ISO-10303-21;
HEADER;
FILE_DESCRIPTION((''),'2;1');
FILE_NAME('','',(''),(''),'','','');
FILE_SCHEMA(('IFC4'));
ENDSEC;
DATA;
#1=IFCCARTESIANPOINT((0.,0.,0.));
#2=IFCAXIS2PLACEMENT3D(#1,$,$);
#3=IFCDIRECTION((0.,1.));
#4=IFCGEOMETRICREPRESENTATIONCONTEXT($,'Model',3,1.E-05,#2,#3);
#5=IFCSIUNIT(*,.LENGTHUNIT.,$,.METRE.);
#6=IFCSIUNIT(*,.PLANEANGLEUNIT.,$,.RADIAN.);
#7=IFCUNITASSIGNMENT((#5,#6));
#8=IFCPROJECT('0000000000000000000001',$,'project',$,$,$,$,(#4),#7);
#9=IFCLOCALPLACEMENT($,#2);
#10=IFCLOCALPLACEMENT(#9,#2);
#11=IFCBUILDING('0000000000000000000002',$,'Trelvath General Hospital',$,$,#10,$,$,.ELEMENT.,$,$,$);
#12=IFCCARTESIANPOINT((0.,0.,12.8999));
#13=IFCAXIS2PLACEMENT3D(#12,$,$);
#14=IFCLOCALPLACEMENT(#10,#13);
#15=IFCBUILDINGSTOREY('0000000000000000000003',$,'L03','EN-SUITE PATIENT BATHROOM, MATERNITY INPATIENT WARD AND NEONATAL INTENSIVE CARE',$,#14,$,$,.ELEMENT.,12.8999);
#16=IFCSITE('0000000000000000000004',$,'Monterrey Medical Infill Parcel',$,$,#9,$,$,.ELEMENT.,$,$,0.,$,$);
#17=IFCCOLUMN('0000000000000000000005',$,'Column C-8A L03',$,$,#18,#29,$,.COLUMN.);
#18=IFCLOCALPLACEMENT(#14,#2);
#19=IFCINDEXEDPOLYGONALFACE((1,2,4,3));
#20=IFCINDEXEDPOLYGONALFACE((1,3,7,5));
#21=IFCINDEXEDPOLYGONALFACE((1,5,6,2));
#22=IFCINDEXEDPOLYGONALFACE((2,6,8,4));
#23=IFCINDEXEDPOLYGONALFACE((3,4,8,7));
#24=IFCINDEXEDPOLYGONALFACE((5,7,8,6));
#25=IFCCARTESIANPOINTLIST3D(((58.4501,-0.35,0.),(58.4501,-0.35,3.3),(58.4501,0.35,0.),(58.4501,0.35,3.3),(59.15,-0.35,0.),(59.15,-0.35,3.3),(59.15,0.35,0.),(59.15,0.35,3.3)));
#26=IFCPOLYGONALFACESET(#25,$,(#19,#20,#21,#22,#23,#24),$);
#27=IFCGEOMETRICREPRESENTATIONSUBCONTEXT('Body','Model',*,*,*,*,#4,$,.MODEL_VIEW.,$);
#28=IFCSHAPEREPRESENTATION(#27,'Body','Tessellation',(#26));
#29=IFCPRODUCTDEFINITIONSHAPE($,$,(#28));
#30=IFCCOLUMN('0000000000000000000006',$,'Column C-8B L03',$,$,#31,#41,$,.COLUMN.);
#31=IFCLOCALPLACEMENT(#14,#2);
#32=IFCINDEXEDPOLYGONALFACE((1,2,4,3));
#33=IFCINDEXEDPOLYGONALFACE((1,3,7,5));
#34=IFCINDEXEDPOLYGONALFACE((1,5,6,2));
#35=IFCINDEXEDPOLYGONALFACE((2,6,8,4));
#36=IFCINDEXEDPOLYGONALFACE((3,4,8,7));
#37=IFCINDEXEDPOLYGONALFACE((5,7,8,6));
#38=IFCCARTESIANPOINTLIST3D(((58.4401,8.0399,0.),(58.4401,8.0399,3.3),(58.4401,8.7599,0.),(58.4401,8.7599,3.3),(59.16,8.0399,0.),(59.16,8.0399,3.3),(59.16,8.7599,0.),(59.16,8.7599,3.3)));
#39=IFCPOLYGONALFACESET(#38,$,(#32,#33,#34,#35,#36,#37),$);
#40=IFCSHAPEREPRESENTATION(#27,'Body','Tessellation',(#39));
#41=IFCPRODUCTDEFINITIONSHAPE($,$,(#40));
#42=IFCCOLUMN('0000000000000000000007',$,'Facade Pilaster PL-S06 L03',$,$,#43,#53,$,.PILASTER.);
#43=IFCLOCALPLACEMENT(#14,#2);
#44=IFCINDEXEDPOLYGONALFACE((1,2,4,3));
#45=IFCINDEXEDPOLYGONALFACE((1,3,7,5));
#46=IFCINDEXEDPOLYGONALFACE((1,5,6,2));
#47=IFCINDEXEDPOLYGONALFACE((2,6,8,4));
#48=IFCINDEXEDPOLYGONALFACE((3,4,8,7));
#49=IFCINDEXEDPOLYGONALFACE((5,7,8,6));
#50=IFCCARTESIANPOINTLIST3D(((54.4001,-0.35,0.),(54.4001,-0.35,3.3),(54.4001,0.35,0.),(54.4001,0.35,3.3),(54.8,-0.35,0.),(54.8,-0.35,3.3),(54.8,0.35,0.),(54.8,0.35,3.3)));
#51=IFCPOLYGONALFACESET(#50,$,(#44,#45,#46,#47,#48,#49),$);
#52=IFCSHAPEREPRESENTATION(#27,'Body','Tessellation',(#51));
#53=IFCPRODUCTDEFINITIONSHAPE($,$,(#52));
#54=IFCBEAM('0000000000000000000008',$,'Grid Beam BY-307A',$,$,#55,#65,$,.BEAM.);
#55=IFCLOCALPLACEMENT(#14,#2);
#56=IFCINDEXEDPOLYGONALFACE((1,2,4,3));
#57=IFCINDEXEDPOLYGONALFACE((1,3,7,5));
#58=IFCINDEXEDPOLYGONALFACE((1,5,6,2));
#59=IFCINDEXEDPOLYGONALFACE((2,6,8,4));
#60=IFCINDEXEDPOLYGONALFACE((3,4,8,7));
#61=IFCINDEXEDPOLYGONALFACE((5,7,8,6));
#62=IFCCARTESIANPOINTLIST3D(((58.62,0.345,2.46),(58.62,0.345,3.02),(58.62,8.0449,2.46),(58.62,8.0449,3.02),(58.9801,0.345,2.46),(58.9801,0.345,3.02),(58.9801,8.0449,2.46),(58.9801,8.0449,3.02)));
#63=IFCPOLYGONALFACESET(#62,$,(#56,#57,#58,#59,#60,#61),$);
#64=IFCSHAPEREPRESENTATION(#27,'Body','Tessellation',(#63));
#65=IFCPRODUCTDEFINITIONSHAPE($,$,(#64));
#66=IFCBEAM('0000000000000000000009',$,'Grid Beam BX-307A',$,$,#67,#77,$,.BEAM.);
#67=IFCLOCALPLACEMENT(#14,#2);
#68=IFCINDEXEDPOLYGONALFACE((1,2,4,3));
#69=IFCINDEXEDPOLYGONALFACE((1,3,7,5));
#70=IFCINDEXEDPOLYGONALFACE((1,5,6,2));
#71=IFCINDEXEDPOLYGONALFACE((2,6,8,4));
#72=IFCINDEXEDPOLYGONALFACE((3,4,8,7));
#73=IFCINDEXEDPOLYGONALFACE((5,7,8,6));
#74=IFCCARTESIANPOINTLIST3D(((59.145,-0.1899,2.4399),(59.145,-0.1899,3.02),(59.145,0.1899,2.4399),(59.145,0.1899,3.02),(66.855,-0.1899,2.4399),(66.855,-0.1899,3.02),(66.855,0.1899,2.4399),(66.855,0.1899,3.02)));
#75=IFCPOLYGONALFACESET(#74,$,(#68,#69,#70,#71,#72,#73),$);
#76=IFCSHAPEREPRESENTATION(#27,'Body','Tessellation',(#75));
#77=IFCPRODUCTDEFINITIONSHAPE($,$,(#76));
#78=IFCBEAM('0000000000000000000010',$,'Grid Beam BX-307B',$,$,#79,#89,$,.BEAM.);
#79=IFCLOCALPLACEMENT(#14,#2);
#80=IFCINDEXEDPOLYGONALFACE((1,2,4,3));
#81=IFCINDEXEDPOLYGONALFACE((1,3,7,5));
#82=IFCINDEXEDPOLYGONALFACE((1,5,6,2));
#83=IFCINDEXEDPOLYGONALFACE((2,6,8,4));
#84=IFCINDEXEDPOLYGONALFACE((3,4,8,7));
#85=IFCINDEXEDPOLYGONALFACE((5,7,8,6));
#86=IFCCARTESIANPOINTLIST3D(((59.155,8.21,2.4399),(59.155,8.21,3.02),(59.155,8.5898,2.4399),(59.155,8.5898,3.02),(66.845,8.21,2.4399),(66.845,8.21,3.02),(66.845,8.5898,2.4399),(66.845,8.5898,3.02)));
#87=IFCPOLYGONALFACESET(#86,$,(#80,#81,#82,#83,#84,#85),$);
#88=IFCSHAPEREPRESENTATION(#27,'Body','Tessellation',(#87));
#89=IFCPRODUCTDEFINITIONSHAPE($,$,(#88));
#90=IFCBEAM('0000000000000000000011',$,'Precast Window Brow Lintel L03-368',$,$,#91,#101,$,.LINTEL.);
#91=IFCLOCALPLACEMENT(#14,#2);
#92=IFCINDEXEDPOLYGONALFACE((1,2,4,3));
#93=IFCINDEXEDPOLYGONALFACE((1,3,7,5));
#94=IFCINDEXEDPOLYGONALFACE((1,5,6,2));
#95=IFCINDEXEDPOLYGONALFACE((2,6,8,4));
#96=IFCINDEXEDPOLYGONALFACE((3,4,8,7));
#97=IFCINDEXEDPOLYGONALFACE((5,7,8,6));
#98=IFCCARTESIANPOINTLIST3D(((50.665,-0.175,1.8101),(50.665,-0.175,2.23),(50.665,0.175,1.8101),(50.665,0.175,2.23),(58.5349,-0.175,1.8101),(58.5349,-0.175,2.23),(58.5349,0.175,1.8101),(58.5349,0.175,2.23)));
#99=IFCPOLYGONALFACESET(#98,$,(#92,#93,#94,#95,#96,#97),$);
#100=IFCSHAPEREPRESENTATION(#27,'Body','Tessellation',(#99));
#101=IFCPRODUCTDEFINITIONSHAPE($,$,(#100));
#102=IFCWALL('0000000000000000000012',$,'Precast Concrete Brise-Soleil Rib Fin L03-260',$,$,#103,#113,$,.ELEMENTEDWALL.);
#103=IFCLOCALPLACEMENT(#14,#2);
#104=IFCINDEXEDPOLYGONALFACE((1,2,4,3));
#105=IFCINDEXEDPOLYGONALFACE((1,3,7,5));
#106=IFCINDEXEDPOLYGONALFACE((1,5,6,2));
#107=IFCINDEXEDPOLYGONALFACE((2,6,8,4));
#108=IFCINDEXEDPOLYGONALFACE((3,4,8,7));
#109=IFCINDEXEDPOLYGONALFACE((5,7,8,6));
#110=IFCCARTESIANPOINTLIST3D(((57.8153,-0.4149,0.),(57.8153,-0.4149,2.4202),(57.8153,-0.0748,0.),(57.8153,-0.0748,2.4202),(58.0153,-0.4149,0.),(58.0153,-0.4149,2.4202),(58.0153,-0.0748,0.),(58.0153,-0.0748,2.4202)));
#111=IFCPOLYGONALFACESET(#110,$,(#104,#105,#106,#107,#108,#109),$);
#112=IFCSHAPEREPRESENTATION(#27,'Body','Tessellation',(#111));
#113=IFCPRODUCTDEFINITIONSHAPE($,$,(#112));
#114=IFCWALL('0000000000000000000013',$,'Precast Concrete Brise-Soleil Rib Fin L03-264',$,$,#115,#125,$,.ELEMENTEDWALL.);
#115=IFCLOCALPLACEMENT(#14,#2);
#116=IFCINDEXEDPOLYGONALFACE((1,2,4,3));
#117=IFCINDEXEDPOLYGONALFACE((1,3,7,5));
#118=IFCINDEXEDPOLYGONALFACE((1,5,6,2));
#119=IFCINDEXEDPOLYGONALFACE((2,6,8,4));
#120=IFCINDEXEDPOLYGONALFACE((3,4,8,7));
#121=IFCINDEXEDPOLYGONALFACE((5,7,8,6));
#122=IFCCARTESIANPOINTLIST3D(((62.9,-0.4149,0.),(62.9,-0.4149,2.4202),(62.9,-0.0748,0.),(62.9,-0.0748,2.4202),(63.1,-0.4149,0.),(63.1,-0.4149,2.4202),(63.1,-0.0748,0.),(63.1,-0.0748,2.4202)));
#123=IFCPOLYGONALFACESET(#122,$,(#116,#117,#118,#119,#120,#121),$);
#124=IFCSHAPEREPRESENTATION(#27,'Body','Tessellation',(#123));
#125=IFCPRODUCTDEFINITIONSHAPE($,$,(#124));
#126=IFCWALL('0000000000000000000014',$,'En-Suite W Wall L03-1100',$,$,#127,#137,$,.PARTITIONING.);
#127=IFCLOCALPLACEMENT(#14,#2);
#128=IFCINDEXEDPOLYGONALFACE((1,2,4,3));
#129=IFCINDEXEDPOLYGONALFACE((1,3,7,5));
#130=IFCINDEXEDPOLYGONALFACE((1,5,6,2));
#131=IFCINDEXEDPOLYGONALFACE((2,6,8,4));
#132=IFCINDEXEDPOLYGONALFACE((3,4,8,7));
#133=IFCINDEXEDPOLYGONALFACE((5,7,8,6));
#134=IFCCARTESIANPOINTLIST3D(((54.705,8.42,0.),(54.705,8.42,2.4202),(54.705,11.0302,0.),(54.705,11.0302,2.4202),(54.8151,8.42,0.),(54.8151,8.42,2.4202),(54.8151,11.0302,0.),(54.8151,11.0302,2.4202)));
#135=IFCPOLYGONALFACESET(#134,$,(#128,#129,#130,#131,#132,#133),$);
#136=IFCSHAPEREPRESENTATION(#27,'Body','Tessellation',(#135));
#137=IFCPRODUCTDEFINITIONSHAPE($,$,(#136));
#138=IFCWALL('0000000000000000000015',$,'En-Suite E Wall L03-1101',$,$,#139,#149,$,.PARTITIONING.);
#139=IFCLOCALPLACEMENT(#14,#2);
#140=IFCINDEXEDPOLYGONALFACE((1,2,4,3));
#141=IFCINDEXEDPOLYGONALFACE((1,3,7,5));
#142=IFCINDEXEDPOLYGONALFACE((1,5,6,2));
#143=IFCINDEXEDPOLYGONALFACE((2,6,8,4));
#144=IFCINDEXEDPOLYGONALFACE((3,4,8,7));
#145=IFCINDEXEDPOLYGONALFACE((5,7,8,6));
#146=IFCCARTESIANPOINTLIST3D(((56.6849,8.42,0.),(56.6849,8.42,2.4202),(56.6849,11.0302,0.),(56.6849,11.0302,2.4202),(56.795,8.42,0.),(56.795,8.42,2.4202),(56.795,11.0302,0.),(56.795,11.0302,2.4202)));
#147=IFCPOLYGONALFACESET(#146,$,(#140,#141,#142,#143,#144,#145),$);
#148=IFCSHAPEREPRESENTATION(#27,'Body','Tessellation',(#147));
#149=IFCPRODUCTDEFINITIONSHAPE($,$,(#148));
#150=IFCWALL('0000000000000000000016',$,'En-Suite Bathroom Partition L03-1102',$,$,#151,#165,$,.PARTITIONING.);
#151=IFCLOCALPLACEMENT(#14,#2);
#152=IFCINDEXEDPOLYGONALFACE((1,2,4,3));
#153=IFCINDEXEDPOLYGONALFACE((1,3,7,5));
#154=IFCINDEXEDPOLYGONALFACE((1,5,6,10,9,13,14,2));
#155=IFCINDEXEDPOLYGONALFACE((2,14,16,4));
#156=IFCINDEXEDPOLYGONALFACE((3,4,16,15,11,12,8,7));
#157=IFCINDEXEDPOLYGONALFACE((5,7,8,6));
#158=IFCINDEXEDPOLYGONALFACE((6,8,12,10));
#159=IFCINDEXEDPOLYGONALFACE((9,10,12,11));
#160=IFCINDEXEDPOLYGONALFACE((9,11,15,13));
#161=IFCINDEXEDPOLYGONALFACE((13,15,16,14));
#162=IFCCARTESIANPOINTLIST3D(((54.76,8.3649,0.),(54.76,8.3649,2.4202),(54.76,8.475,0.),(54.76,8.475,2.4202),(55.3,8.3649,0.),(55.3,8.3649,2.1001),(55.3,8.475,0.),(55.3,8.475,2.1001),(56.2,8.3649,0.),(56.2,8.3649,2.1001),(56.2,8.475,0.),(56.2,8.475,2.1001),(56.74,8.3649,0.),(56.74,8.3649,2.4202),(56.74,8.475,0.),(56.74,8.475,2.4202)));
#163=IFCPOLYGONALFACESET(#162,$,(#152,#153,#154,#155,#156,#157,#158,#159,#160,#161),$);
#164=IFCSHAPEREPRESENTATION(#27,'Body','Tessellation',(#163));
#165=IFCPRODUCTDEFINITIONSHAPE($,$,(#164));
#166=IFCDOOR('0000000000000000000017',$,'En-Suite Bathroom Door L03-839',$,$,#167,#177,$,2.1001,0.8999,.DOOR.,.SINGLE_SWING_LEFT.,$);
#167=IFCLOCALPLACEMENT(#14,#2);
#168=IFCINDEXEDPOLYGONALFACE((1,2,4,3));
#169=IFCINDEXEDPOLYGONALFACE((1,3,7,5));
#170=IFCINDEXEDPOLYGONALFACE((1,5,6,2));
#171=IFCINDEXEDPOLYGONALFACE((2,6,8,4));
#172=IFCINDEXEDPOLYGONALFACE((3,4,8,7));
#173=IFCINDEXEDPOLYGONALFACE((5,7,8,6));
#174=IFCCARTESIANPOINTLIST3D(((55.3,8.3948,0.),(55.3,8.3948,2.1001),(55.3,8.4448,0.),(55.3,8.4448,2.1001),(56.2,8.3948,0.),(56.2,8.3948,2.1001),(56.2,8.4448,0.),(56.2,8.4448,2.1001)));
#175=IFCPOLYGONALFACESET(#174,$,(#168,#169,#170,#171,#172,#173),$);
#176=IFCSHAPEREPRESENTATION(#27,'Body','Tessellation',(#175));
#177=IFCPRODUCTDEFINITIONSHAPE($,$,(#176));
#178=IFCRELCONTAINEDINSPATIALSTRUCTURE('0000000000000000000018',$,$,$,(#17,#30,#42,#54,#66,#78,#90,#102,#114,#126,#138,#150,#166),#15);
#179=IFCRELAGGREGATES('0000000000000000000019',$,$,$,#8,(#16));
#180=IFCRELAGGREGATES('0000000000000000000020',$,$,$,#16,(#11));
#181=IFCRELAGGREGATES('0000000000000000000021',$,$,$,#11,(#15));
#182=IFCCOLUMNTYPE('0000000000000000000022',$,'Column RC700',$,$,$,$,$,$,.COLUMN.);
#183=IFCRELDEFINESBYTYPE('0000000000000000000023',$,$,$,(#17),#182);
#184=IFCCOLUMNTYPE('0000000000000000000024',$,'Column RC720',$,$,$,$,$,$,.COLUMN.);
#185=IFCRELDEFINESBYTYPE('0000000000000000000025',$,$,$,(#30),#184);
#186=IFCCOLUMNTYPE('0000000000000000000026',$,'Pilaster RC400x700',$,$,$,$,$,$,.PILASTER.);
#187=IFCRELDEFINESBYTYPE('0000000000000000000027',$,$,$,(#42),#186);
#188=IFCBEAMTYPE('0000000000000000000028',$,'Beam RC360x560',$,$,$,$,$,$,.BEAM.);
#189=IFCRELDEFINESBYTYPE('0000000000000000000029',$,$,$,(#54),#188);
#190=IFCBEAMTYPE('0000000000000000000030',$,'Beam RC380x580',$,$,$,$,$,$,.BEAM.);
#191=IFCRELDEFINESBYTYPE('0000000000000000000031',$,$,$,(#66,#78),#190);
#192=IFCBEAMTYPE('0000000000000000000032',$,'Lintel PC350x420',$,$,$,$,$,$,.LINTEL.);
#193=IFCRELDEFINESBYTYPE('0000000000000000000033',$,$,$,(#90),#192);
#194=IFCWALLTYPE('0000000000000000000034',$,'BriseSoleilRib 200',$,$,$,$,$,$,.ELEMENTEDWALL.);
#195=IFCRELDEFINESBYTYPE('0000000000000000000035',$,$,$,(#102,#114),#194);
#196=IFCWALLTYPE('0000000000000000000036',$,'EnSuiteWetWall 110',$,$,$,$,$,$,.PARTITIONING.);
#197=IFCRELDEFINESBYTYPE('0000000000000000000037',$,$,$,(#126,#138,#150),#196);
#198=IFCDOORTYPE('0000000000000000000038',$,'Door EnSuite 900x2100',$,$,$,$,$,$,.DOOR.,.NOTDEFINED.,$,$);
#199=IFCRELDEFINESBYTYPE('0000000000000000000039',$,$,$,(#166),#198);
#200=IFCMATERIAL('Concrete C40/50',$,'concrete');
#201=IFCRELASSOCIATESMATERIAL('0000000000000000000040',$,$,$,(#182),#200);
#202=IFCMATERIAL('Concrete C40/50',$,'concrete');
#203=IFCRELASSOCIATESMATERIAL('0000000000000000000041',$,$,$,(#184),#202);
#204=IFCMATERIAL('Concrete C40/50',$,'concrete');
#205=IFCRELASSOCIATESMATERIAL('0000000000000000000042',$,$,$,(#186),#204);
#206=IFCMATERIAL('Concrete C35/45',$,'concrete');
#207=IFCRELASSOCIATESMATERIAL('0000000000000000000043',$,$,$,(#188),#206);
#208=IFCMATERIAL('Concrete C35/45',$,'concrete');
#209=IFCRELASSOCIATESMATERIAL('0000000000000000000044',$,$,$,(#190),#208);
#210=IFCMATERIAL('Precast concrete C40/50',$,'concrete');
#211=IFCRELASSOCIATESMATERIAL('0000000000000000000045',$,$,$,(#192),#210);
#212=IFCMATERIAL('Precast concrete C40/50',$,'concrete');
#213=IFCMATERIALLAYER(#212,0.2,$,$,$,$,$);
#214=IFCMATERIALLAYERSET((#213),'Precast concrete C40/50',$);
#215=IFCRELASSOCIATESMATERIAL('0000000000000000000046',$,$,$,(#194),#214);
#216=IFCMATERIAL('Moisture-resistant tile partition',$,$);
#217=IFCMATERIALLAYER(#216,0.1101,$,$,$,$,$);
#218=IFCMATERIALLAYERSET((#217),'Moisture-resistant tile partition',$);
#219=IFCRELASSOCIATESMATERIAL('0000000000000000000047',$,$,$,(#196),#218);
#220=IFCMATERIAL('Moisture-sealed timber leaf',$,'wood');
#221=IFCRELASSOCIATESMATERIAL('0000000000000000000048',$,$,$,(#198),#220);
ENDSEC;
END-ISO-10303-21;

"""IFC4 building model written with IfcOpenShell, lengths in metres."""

from ifc_helpers import new_model, si_unit, direction, frame, frame_2d, origin, origin_2d, place, context, subcontext, project, spatial, rectangle, extrude, material, layer, layer_set, material_profile, profile_set, type_object, element, fill, save


model = new_model("IFC4")

# Units and contexts
model_context = context("Model", 3, precision=1e-05, world=origin(), true_north=direction((0.0, 1.0)))
body_context = subcontext(model_context, "Body", "Model", "MODEL_VIEW")
ifc_project = project(units=[si_unit("LENGTHUNIT", "METRE"), si_unit("PLANEANGLEUNIT", "RADIAN")], contexts=[model_context])

# Site, building, storey
site_placement = place(None, origin())
site = spatial("IfcSite", under=ifc_project, at=site_placement, Name="Monterrey Medical Infill Parcel", CompositionType="ELEMENT", RefElevation=0.0)
building_placement = place(site_placement, origin())
building = spatial("IfcBuilding", under=site, at=building_placement, Name="Trelvath General Hospital", CompositionType="ELEMENT")
storey_placement = place(building_placement, frame((0.0, 0.0, 12.8999)))
storey = spatial("IfcBuildingStorey", under=building, at=storey_placement, Name="L03", Description="EN-SUITE PATIENT BATHROOM, MATERNITY INPATIENT WARD AND NEONATAL INTENSIVE CARE", CompositionType="ELEMENT", Elevation=12.8999)

# Columns
ifc_material_1 = material(Name="Concrete C40/50", Category="concrete")
ifc_material_profile_1 = material_profile(ifc_material_1, rectangle(XDim=0.7, YDim=0.7, at=origin_2d()), Name="RC700x700")
ifc_profile_set_1 = profile_set([ifc_material_profile_1], Name="Concrete C40/50")
column_type_1 = type_object("IfcColumnType", Name="Column RC700", PredefinedType="COLUMN", material=ifc_profile_set_1)
column_1_placement = place(storey_placement, frame((58.8, 0.0, 0.0), z_axis=(0.0, 0.0, 1.0), x_axis=(1.0, 0.0, 0.0)))
element("IfcColumn", 1, at=column_1_placement, inside=storey, type_object=column_type_1, Name="Column C-8A L03", PredefinedType="COLUMN", context=body_context, shape_type="SweptSolid", body=[
    extrude(rectangle(XDim=0.7, YDim=0.7, at=origin_2d()), origin(), (0.0, 0.0, 1.0), 3.3),
])
ifc_material_2 = material(Name="Concrete C40/50", Category="concrete")
ifc_material_profile_2 = material_profile(ifc_material_2, rectangle(XDim=0.72, YDim=0.72, at=origin_2d()), Name="RC720x720")
ifc_profile_set_2 = profile_set([ifc_material_profile_2], Name="Concrete C40/50")
column_type_2 = type_object("IfcColumnType", Name="Column RC720", PredefinedType="COLUMN", material=ifc_profile_set_2)
column_2_placement = place(storey_placement, frame((58.8, 8.3999, 0.0), z_axis=(0.0, 0.0, 1.0), x_axis=(1.0, 0.0, 0.0)))
element("IfcColumn", 2, at=column_2_placement, inside=storey, type_object=column_type_2, Name="Column C-8B L03", PredefinedType="COLUMN", context=body_context, shape_type="SweptSolid", body=[
    extrude(rectangle(XDim=0.72, YDim=0.72, at=origin_2d()), origin(), (0.0, 0.0, 1.0), 3.3),
])
ifc_material_3 = material(Name="Concrete C40/50", Category="concrete")
ifc_material_profile_3 = material_profile(ifc_material_3, rectangle(XDim=0.3999, YDim=0.7, at=origin_2d()), Name="RC400x700")
ifc_profile_set_3 = profile_set([ifc_material_profile_3], Name="Concrete C40/50")
column_type_3 = type_object("IfcColumnType", Name="Pilaster RC400x700", PredefinedType="PILASTER", material=ifc_profile_set_3)
column_3_placement = place(storey_placement, frame((54.6001, 0.0, 0.0), z_axis=(0.0, 0.0, 1.0), x_axis=(1.0, 0.0, 0.0)))
element("IfcColumn", 3, at=column_3_placement, inside=storey, type_object=column_type_3, Name="Facade Pilaster PL-S06 L03", PredefinedType="PILASTER", context=body_context, shape_type="SweptSolid", body=[
    extrude(rectangle(XDim=0.3999, YDim=0.7, at=origin_2d()), origin(), (0.0, 0.0, 1.0), 3.3),
])

# Beams
ifc_material_4 = material(Name="Concrete C35/45", Category="concrete")
ifc_material_profile_4 = material_profile(ifc_material_4, rectangle(XDim=0.3601, YDim=0.5601, at=origin_2d()), Name="RCB360x560")
ifc_profile_set_4 = profile_set([ifc_material_profile_4], Name="Concrete C35/45")
beam_type_1 = type_object("IfcBeamType", Name="Beam RC360x560", PredefinedType="BEAM", material=ifc_profile_set_4)
beam_1_placement = place(storey_placement, frame((58.8, 0.345, 2.74), z_axis=(0.0, 1.0, 0.0), x_axis=(-1.0, 0.0, 0.0)))
element("IfcBeam", 4, at=beam_1_placement, inside=storey, type_object=beam_type_1, Name="Grid Beam BY-307A", PredefinedType="BEAM", context=body_context, shape_type="SweptSolid", body=[
    extrude(rectangle(XDim=0.3601, YDim=0.5601, at=origin_2d()), origin(), (0.0, 0.0, 1.0), 7.7),
])
ifc_material_5 = material(Name="Concrete C35/45", Category="concrete")
ifc_material_profile_5 = material_profile(ifc_material_5, rectangle(XDim=0.3799, YDim=0.5801, at=origin_2d()), Name="RCB380x580")
ifc_profile_set_5 = profile_set([ifc_material_profile_5], Name="Concrete C35/45")
beam_type_2 = type_object("IfcBeamType", Name="Beam RC380x580", PredefinedType="BEAM", material=ifc_profile_set_5)
beam_2_placement = place(storey_placement, frame((59.145, 0.0, 2.73), z_axis=(1.0, 0.0, 0.0), x_axis=(0.0, 1.0, 0.0)))
element("IfcBeam", 5, at=beam_2_placement, inside=storey, type_object=beam_type_2, Name="Grid Beam BX-307A", PredefinedType="BEAM", context=body_context, shape_type="SweptSolid", body=[
    extrude(rectangle(XDim=0.3799, YDim=0.5801, at=origin_2d()), origin(), (0.0, 0.0, 1.0), 7.71),
])
beam_3_placement = place(storey_placement, frame((59.155, 8.3999, 2.73), z_axis=(1.0, 0.0, 0.0), x_axis=(0.0, 1.0, 0.0)))
element("IfcBeam", 6, at=beam_3_placement, inside=storey, type_object=beam_type_2, Name="Grid Beam BX-307B", PredefinedType="BEAM", context=body_context, shape_type="SweptSolid", body=[
    extrude(rectangle(XDim=0.3799, YDim=0.5801, at=origin_2d()), origin(), (0.0, 0.0, 1.0), 7.6899),
])
ifc_material_6 = material(Name="Precast concrete C40/50", Category="concrete")
ifc_material_profile_6 = material_profile(ifc_material_6, rectangle(XDim=0.3501, YDim=0.4199, at=origin_2d()), Name="PCL350x420")
ifc_profile_set_6 = profile_set([ifc_material_profile_6], Name="Precast concrete C40/50")
beam_type_3 = type_object("IfcBeamType", Name="Lintel PC350x420", PredefinedType="LINTEL", material=ifc_profile_set_6)
beam_4_placement = place(storey_placement, frame((58.5349, 0.0, 2.02), z_axis=(-1.0, 0.0, 0.0), x_axis=(0.0, -1.0, 0.0)))
element("IfcBeam", 7, at=beam_4_placement, inside=storey, type_object=beam_type_3, Name="Precast Window Brow Lintel L03-368", PredefinedType="LINTEL", context=body_context, shape_type="SweptSolid", body=[
    extrude(rectangle(XDim=0.3501, YDim=0.4199, at=origin_2d()), origin(), (0.0, 0.0, 1.0), 7.8699),
])

# Walls
ifc_material_7 = material(Name="Precast concrete C40/50", Category="concrete")
ifc_layer_1 = layer(ifc_material_7, 0.2)
ifc_layer_set_1 = layer_set([ifc_layer_1], Name="Precast concrete C40/50")
wall_type_1 = type_object("IfcWallType", Name="BriseSoleilRib 200", PredefinedType="ELEMENTEDWALL", material=ifc_layer_set_1)
for number, where, z_axis, x_axis, name in (
    (8, (57.9153, -0.075, 0.0), (0.0, 0.0, 1.0), (0.0, -1.0, 0.0), "Precast Concrete Brise-Soleil Rib Fin L03-260"),
    (9, (63.0, -0.075, 0.0), (0.0, 0.0, 1.0), (0.0, -1.0, 0.0), "Precast Concrete Brise-Soleil Rib Fin L03-264"),
):
    element("IfcWall", number, at=place(storey_placement, frame(where, z_axis=z_axis, x_axis=x_axis)), inside=storey, type_object=wall_type_1, Name=name, PredefinedType="ELEMENTEDWALL", context=body_context, shape_type="SweptSolid", body=[
        extrude(rectangle(XDim=0.3401, YDim=0.2, at=frame_2d((0.1699, 0.0))), origin(), (0.0, 0.0, 1.0), 2.4202),
    ])
ifc_material_8 = material(Name="Moisture-resistant tile partition")
ifc_layer_2 = layer(ifc_material_8, 0.1101)
ifc_layer_set_2 = layer_set([ifc_layer_2], Name="Moisture-resistant tile partition")
wall_type_2 = type_object("IfcWallType", Name="EnSuiteWetWall 110", PredefinedType="PARTITIONING", material=ifc_layer_set_2)
for number, where, z_axis, x_axis, name in (
    (10, (54.76, 8.4199, 0.0), (0.0, 0.0, 1.0), (0.0, 1.0, 0.0), "En-Suite W Wall L03-1100"),
    (11, (56.74, 8.4199, 0.0), (0.0, 0.0, 1.0), (0.0, 1.0, 0.0), "En-Suite E Wall L03-1101"),
):
    element("IfcWall", number, at=place(storey_placement, frame(where, z_axis=z_axis, x_axis=x_axis)), inside=storey, type_object=wall_type_2, Name=name, PredefinedType="PARTITIONING", context=body_context, shape_type="SweptSolid", body=[
        extrude(rectangle(XDim=2.6101, YDim=0.1101, at=frame_2d((1.3052, 0.0))), origin(), (0.0, 0.0, 1.0), 2.4202),
    ])

# Wall, opening, door
wall_1_placement = place(storey_placement, frame((54.76, 8.4199, 0.0), z_axis=(0.0, 0.0, 1.0), x_axis=(1.0, 0.0, 0.0)))
wall_1 = element("IfcWall", 12, at=wall_1_placement, inside=storey, type_object=wall_type_2, Name="En-Suite Bathroom Partition L03-1102", PredefinedType="PARTITIONING", context=body_context, shape_type="SweptSolid", body=[
    extrude(rectangle(XDim=1.98, YDim=0.1101, at=frame_2d((0.99, 0.0))), origin(), (0.0, 0.0, 1.0), 2.4202),
])
opening_1_placement = place(wall_1_placement, frame((0.54, 0.0, 0.0)))
opening_1 = element("IfcOpeningElement", 13, at=opening_1_placement, cuts=wall_1, PredefinedType="OPENING", context=body_context, shape_type="SweptSolid", body=[
    extrude(rectangle(XDim=0.8999, YDim=2.1001, at=frame_2d((0.45, 1.05))), frame((0.0, 0.0649, 0.0), z_axis=(0.0, -1.0, 0.0), x_axis=(1.0, 0.0, 0.0)), (0.0, 0.0, 1.0), 0.1301),
])
ifc_material_9 = material(Name="Moisture-sealed timber leaf", Category="wood")
door_type = type_object("IfcDoorType", Name="Door EnSuite 900x2100", OperationType="NOTDEFINED", PredefinedType="DOOR", material=ifc_material_9)
door_1_placement = place(opening_1_placement, origin())
door_1 = element("IfcDoor", 14, at=door_1_placement, inside=storey, type_object=door_type, Name="En-Suite Bathroom Door L03-839", OperationType="SINGLE_SWING_LEFT", OverallHeight=2.1001, OverallWidth=0.8999, PredefinedType="DOOR", context=body_context, shape_type="SweptSolid", body=[
    extrude(rectangle(XDim=0.8999, YDim=2.1001, at=frame_2d((0.45, 1.05))), frame((0.0, 0.0249, 0.0), z_axis=(0.0, -1.0, 0.0), x_axis=(1.0, 0.0, 0.0)), (0.0, 0.0, 1.0), 0.05),
])
fill(opening_1, door_1)

save(model, "model.ifc")
